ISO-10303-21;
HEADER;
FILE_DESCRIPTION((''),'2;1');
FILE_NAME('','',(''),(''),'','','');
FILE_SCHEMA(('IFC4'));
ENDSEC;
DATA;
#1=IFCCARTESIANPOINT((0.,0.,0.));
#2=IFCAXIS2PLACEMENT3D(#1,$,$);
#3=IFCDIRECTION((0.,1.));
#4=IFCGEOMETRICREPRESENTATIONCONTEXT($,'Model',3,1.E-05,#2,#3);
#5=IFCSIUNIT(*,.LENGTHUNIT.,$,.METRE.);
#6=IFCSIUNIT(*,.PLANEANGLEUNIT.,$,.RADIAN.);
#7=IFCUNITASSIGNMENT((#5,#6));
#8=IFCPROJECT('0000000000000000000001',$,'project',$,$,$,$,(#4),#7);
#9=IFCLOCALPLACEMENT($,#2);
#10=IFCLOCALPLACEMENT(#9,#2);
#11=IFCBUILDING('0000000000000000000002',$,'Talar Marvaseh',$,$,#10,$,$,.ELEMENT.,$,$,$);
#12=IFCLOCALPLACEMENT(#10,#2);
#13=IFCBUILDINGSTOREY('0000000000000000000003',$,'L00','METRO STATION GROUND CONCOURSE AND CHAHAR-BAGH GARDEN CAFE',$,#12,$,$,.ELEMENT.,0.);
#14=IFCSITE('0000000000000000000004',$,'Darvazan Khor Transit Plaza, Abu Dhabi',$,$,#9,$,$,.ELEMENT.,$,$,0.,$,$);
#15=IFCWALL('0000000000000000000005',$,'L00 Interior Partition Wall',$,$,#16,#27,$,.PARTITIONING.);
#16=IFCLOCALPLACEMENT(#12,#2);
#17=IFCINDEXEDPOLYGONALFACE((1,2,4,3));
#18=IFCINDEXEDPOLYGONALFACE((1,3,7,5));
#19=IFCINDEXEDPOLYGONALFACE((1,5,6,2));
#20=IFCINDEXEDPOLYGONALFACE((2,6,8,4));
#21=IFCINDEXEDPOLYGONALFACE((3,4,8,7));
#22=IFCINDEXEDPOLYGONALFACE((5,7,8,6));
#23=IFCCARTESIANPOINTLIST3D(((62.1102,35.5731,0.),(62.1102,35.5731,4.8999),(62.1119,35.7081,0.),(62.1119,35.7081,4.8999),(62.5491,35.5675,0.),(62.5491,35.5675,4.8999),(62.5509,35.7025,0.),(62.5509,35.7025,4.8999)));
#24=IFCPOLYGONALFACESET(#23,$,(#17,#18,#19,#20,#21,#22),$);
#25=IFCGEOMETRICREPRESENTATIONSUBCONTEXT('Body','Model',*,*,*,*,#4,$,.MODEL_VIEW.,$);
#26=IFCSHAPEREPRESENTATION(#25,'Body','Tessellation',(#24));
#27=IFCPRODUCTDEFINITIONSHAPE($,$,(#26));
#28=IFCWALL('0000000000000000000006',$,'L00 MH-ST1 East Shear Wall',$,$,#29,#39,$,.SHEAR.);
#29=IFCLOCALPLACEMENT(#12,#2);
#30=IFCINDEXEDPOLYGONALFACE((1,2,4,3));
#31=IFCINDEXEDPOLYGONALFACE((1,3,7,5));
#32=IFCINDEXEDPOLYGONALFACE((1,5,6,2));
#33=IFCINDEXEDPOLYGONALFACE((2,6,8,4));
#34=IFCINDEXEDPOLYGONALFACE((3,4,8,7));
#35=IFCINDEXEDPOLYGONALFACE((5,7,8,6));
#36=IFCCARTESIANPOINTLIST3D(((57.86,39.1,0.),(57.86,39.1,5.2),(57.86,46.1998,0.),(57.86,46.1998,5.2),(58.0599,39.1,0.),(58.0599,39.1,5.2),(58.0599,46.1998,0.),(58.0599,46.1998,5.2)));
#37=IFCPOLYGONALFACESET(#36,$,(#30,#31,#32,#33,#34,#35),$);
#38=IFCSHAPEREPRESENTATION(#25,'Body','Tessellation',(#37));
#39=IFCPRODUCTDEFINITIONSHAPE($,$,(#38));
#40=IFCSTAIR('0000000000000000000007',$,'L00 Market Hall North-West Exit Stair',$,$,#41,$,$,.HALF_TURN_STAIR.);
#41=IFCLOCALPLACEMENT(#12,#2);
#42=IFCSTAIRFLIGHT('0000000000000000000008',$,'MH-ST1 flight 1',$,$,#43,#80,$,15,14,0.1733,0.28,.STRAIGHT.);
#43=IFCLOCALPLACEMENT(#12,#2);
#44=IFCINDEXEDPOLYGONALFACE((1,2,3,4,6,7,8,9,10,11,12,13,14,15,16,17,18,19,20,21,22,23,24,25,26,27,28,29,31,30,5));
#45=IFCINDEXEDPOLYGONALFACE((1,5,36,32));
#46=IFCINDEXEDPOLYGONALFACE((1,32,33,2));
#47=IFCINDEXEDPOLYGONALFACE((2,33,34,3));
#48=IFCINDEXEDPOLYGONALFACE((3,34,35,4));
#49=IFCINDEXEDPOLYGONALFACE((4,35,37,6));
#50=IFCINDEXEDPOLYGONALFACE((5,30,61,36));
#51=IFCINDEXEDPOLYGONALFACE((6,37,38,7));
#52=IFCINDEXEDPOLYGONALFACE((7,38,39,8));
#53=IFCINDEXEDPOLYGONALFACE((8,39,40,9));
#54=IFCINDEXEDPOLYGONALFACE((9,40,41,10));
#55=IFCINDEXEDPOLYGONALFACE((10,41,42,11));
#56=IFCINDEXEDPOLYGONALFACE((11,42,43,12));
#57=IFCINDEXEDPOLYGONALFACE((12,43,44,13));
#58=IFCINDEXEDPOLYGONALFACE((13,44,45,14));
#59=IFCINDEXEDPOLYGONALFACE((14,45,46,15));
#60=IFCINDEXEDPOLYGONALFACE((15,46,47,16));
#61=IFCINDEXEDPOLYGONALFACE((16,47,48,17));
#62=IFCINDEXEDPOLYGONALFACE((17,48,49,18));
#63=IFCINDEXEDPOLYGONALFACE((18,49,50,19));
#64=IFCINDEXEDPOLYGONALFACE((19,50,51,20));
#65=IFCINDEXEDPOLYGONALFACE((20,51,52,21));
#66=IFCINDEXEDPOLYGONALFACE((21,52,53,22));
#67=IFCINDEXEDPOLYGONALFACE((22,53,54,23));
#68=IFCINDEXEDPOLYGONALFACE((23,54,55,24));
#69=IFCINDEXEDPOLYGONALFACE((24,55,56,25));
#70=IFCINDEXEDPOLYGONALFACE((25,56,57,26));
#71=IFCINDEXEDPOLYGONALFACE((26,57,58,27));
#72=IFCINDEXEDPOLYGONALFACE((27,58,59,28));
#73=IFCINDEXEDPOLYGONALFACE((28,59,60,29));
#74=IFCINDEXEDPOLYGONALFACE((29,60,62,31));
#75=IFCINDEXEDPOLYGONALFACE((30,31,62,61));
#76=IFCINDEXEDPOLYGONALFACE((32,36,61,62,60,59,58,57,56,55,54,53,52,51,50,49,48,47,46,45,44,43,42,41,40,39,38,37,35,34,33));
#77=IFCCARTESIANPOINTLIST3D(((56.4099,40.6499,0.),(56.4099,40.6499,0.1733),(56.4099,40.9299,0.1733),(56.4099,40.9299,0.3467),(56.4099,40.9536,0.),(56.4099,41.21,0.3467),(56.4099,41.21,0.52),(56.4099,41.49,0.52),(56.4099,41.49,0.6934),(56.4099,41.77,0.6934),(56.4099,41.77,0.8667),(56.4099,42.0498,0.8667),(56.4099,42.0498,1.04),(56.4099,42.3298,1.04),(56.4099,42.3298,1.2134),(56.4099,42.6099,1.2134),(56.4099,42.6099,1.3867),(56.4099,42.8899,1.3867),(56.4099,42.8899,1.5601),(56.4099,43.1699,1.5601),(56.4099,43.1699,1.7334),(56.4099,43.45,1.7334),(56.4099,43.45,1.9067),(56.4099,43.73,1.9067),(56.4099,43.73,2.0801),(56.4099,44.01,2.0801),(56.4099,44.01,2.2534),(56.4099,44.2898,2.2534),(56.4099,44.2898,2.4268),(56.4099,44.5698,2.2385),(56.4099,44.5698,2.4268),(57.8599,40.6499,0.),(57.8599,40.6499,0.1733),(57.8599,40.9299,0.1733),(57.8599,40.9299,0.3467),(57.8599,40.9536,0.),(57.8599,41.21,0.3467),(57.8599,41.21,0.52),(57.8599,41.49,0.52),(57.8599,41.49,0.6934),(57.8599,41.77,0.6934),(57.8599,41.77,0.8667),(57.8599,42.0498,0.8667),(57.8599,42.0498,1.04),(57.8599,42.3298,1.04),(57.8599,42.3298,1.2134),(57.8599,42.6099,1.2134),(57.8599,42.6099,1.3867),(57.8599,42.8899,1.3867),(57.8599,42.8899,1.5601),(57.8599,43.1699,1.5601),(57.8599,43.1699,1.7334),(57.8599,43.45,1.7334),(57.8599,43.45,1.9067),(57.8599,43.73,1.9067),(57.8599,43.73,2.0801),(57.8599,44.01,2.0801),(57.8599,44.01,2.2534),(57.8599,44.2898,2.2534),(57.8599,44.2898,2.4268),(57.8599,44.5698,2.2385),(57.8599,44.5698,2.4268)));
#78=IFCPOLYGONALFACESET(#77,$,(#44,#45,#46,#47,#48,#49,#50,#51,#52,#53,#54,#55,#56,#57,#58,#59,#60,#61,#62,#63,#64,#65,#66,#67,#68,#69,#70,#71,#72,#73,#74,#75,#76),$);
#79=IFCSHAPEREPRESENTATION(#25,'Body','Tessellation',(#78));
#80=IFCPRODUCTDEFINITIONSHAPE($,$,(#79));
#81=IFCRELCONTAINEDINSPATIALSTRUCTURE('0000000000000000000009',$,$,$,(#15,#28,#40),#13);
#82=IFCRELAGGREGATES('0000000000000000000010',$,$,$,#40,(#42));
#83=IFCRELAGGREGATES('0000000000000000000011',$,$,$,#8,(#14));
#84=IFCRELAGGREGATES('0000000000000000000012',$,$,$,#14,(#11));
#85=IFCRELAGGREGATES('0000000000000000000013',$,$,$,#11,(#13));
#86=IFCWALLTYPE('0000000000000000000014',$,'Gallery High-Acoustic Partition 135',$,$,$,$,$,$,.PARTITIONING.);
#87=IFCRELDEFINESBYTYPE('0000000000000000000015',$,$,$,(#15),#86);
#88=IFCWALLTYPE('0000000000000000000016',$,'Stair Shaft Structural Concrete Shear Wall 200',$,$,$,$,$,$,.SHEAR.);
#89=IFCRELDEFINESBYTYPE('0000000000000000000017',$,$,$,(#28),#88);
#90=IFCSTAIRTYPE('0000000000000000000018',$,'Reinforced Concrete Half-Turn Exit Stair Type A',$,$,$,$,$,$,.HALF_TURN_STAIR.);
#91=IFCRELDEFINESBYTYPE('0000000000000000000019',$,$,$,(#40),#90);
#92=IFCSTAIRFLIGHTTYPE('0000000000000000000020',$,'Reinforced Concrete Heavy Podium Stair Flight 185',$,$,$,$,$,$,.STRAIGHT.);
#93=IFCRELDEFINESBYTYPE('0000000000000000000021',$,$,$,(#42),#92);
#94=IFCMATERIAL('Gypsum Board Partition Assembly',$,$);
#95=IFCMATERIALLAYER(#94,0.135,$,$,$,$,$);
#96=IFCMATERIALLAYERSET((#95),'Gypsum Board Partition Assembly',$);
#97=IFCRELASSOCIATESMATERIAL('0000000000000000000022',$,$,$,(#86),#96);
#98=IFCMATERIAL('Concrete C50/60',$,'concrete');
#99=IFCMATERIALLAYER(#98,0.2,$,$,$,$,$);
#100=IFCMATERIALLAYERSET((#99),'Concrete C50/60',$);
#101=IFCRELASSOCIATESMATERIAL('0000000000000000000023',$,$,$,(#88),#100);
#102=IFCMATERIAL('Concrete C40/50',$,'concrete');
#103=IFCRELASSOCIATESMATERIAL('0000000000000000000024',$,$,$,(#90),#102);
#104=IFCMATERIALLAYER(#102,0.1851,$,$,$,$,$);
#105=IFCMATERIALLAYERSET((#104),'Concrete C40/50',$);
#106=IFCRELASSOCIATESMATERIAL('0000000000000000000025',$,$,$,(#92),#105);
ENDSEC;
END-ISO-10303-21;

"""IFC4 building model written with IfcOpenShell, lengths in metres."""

from ifc_helpers import new_model, si_unit, direction, frame, frame_2d, origin, place, context, subcontext, project, spatial, polyline, rectangle, outline, extrude, material, layer, layer_set, type_object, element, aggregate, save


model = new_model("IFC4")

# Units and contexts
model_context = context("Model", 3, precision=1e-05, world=origin(), true_north=direction((0.0, 1.0)))
body_context = subcontext(model_context, "Body", "Model", "MODEL_VIEW")
ifc_project = project(units=[si_unit("LENGTHUNIT", "METRE"), si_unit("PLANEANGLEUNIT", "RADIAN")], contexts=[model_context])

# Site, building, storey
site_placement = place(None, origin())
site = spatial("IfcSite", under=ifc_project, at=site_placement, Name="Darvazan Khor Transit Plaza, Abu Dhabi", CompositionType="ELEMENT", RefElevation=0.0)
building_placement = place(site_placement, origin())
building = spatial("IfcBuilding", under=site, at=building_placement, Name="Talar Marvaseh", CompositionType="ELEMENT")
storey_placement = place(building_placement, origin())
storey = spatial("IfcBuildingStorey", under=building, at=storey_placement, Name="L00", Description="METRO STATION GROUND CONCOURSE AND CHAHAR-BAGH GARDEN CAFE", CompositionType="ELEMENT", Elevation=0.0)

# Shared definitions
ifc_material_1 = material(Name="Concrete C40/50", Category="concrete")

# Shared definitions
ifc_material_2 = material(Name="Gypsum Board Partition Assembly")
ifc_layer_1 = layer(ifc_material_2, 0.135)
ifc_layer_set_1 = layer_set([ifc_layer_1], Name="Gypsum Board Partition Assembly")
wall_type_1 = type_object("IfcWallType", Name="Gallery High-Acoustic Partition 135", PredefinedType="PARTITIONING", material=ifc_layer_set_1)

# Wall
wall_1_placement = place(storey_placement, frame((62.1111, 35.6406, 0.0), z_axis=(0.0, 0.0, 1.0), x_axis=(0.999918, -0.012791, 0.0)))
element("IfcWall", 1, at=wall_1_placement, inside=storey, type_object=wall_type_1, Name="L00 Interior Partition Wall", PredefinedType="PARTITIONING", context=body_context, shape_type="SweptSolid", body=[
    extrude(rectangle(XDim=0.439, YDim=0.135, at=frame_2d((0.2195, 0.0))), origin(), (0.0, 0.0, 1.0), 4.8999),
])

# Shared definitions
ifc_material_3 = material(Name="Concrete C50/60", Category="concrete")
ifc_layer_2 = layer(ifc_material_3, 0.2)
ifc_layer_set_2 = layer_set([ifc_layer_2], Name="Concrete C50/60")
wall_type_2 = type_object("IfcWallType", Name="Stair Shaft Structural Concrete Shear Wall 200", PredefinedType="SHEAR", material=ifc_layer_set_2)

# Wall
wall_2_placement = place(storey_placement, frame((57.96, 39.1001, 0.0), z_axis=(0.0, 0.0, 1.0), x_axis=(0.0, 1.0, 0.0)))
element("IfcWall", 2, at=wall_2_placement, inside=storey, type_object=wall_type_2, Name="L00 MH-ST1 East Shear Wall", PredefinedType="SHEAR", context=body_context, shape_type="SweptSolid", body=[
    extrude(rectangle(XDim=7.0999, YDim=0.2, at=frame_2d((3.5498, 0.0))), origin(), (0.0, 0.0, 1.0), 5.2),
])

# Stair, stair flight
stair_type = type_object("IfcStairType", Name="Reinforced Concrete Half-Turn Exit Stair Type A", PredefinedType="HALF_TURN_STAIR", material=ifc_material_1)
stair_placement = place(storey_placement, origin())
stair = element("IfcStair", 3, at=stair_placement, inside=storey, type_object=stair_type, Name="L00 Market Hall North-West Exit Stair", PredefinedType="HALF_TURN_STAIR")
ifc_layer_3 = layer(ifc_material_1, 0.1851)
ifc_layer_set_3 = layer_set([ifc_layer_3], Name="Concrete C40/50")
stair_flight_type = type_object("IfcStairFlightType", Name="Reinforced Concrete Heavy Podium Stair Flight 185", PredefinedType="STRAIGHT", material=ifc_layer_set_3)
stair_flight_placement = place(storey_placement, frame((57.135, 40.6499, 0.0), z_axis=(0.0, 0.0, 1.0), x_axis=(0.0, 1.0, 0.0)))
stair_flight = element("IfcStairFlight", 4, at=stair_flight_placement, type_object=stair_flight_type, Name="MH-ST1 flight 1", NumberOfRisers=15, NumberOfTreads=14, PredefinedType="STRAIGHT", RiserHeight=0.1733, TreadLength=0.28, context=body_context, shape_type="SweptSolid", body=[
    extrude(outline(polyline([(0.0, 0.0), (0.0, 0.1733), (0.28, 0.1733), (0.28, 0.3467), (0.5601, 0.3467), (0.5601, 0.52), (0.8401, 0.52), (0.8401, 0.6934), (1.1201, 0.6934), (1.1201, 0.8667), (1.3999, 0.8667), (1.3999, 1.04), (1.6799, 1.04), (1.6799, 1.2134), (1.96, 1.2134), (1.96, 1.3867), (2.24, 1.3867), (2.24, 1.5601), (2.52, 1.5601), (2.52, 1.7334), (2.8, 1.7334), (2.8, 1.9067), (3.0801, 1.9067), (3.0801, 2.0801), (3.3601, 2.0801), (3.3601, 2.2534), (3.6399, 2.2534), (3.6399, 2.4268), (3.9199, 2.4268), (3.9199, 2.6001), (3.9199, 2.2385), (0.3037, 0.0), (0.0, 0.0)])), frame((0.0, 0.7251, 0.0), z_axis=(0.0, -1.0, 0.0), x_axis=(1.0, 0.0, 0.0)), (0.0, 0.0, 1.0), 1.45),
])
aggregate(stair, [stair_flight])

save(model, "model.ifc")
